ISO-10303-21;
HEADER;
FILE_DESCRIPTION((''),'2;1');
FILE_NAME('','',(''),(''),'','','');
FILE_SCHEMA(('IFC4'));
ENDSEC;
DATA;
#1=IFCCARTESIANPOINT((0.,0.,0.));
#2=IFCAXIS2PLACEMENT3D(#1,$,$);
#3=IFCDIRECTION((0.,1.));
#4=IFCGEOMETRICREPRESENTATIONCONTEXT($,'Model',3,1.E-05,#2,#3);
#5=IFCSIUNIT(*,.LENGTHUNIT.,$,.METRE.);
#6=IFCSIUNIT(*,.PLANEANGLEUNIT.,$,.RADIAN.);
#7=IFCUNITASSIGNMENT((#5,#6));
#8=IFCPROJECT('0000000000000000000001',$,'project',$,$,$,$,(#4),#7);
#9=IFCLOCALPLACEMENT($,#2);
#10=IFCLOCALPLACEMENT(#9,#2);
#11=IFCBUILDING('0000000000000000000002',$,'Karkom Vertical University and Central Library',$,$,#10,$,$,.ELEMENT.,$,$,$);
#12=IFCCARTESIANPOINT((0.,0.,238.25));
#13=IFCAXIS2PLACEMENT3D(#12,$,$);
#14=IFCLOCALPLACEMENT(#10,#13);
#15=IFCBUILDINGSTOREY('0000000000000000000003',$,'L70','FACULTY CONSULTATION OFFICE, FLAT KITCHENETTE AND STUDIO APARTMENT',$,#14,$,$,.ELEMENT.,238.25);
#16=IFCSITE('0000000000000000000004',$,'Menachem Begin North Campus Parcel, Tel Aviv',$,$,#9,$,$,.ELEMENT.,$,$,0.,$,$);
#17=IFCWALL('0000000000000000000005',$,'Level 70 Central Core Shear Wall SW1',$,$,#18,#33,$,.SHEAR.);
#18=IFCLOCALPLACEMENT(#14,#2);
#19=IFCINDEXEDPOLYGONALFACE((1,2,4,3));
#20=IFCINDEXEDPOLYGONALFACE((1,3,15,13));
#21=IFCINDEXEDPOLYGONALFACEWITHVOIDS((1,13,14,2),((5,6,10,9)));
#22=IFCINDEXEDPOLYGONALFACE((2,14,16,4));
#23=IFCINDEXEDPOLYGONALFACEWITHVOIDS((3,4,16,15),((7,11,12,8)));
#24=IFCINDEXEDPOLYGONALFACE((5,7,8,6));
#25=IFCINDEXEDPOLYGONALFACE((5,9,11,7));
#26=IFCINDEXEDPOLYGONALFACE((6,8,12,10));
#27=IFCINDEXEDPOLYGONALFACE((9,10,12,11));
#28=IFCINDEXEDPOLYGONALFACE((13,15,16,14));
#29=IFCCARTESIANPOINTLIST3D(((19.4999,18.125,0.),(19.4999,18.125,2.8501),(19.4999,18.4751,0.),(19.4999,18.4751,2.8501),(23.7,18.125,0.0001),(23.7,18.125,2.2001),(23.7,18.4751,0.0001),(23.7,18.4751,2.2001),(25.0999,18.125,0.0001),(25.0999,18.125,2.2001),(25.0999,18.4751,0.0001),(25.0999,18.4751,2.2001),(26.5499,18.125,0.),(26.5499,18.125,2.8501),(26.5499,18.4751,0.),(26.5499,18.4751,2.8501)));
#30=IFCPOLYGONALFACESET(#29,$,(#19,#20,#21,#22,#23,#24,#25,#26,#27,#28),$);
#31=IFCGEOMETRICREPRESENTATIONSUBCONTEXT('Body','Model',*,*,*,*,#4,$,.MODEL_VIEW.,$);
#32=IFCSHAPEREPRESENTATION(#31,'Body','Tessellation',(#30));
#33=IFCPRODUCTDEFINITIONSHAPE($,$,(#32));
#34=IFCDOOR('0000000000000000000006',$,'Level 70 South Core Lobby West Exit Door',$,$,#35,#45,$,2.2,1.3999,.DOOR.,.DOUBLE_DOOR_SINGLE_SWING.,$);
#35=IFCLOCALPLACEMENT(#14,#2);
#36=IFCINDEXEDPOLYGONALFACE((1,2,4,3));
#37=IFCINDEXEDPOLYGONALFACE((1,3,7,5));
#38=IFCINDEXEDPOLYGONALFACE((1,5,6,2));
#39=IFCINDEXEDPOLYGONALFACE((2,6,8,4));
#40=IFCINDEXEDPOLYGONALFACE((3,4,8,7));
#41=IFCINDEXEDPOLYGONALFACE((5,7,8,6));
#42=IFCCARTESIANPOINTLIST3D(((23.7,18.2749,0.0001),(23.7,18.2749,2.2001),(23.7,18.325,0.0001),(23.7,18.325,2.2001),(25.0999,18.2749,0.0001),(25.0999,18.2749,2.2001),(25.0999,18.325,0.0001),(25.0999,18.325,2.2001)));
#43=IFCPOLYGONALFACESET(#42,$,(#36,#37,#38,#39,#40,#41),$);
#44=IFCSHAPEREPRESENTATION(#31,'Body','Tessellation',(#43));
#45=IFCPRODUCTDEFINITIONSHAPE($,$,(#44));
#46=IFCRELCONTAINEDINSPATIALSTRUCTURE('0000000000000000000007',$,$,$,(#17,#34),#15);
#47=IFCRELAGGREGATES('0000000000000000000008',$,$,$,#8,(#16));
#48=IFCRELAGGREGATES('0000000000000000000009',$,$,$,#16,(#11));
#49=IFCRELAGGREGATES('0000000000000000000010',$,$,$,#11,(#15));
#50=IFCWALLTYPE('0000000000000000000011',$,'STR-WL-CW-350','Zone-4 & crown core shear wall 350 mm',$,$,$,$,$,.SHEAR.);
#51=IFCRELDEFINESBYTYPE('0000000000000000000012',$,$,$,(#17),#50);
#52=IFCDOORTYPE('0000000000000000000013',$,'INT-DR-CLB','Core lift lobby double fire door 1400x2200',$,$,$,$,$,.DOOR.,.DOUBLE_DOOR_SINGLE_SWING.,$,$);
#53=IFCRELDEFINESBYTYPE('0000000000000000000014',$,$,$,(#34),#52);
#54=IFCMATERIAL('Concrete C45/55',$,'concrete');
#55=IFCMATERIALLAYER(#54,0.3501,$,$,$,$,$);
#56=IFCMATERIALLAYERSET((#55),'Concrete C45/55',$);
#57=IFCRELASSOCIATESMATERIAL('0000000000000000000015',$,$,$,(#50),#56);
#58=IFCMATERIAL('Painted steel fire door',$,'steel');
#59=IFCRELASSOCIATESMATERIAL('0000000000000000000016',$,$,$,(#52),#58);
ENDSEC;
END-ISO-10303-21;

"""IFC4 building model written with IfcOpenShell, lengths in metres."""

from ifc_helpers import new_model, si_unit, direction, frame, frame_2d, origin, origin_with_axes, place, context, subcontext, project, spatial, rectangle, extrude, source, transform, mapped, material, layer, layer_set, type_object, element, fill, save


model = new_model("IFC4")

# Units and contexts
model_context = context("Model", 3, precision=1e-05, world=origin(), true_north=direction((0.0, 1.0)))
body_context = subcontext(model_context, "Body", "Model", "MODEL_VIEW")
ifc_project = project(units=[si_unit("LENGTHUNIT", "METRE"), si_unit("PLANEANGLEUNIT", "RADIAN")], contexts=[model_context])

# Site, building, storey
site_placement = place(None, origin())
site = spatial("IfcSite", under=ifc_project, at=site_placement, Name="Menachem Begin North Campus Parcel, Tel Aviv", CompositionType="ELEMENT", RefElevation=0.0)
building_placement = place(site_placement, origin())
building = spatial("IfcBuilding", under=site, at=building_placement, Name="Karkom Vertical University and Central Library", CompositionType="ELEMENT")
storey_placement = place(building_placement, frame((0.0, 0.0, 238.25)))
storey = spatial("IfcBuildingStorey", under=building, at=storey_placement, Name="L70", Description="FACULTY CONSULTATION OFFICE, FLAT KITCHENETTE AND STUDIO APARTMENT", CompositionType="ELEMENT", Elevation=238.25)

# Shared definitions
ifc_material_1 = material(Name="Concrete C45/55", Category="concrete")

# Wall, opening, door
ifc_layer_1 = layer(ifc_material_1, 0.3501)
ifc_layer_set_1 = layer_set([ifc_layer_1], Name="Concrete C45/55")
wall_type_1 = type_object("IfcWallType", Name="STR-WL-CW-350", Description="Zone-4 & crown core shear wall 350 mm", PredefinedType="SHEAR", material=ifc_layer_set_1)
wall_1_placement = place(storey_placement, frame((19.5, 18.3, 0.0), z_axis=(0.0, 0.0, 1.0), x_axis=(1.0, 0.0, 0.0)))
wall_1 = element("IfcWall", 1, at=wall_1_placement, inside=storey, type_object=wall_type_1, Name="Level 70 Central Core Shear Wall SW1", PredefinedType="SHEAR", context=body_context, shape_type="SweptSolid", body=[
    extrude(rectangle(XDim=7.05, YDim=0.3501, at=frame_2d((3.5249, 0.0))), origin(), (0.0, 0.0, 1.0), 2.8501),
])
opening_1_placement = place(wall_1_placement, frame((4.2, 0.0, 0.0)))
opening_1 = element("IfcOpeningElement", 2, at=opening_1_placement, cuts=wall_1, PredefinedType="OPENING", context=body_context, shape_type="SweptSolid", body=[
    extrude(rectangle(XDim=1.3999, YDim=2.2, at=frame_2d((0.7, 1.1001))), frame((0.0, 0.1851, 0.0), z_axis=(0.0, -1.0, 0.0), x_axis=(1.0, 0.0, 0.0)), (0.0, 0.0, 1.0), 0.3701),
])
ifc_material_2 = material(Name="Painted steel fire door", Category="steel")
door_type_1 = type_object("IfcDoorType", Name="INT-DR-CLB", Description="Core lift lobby double fire door 1400x2200", OperationType="DOUBLE_DOOR_SINGLE_SWING", PredefinedType="DOOR", material=ifc_material_2)
shared_shape_1 = source(origin_with_axes(), body_context, "Body", "SweptSolid", [
    extrude(rectangle(XDim=1.3999, YDim=2.2, at=frame_2d((0.7, 1.1001))), frame((0.0, 0.0249, 0.0), z_axis=(0.0, -1.0, 0.0), x_axis=(1.0, 0.0, 0.0)), (0.0, 0.0, 1.0), 0.05),
])
door_1_placement = place(opening_1_placement, origin())
door_1 = element("IfcDoor", 3, at=door_1_placement, inside=storey, type_object=door_type_1, Name="Level 70 South Core Lobby West Exit Door", OperationType="DOUBLE_DOOR_SINGLE_SWING", OverallHeight=2.2, OverallWidth=1.3999, PredefinedType="DOOR", context=body_context, shape_type="MappedRepresentation", body=[
    mapped(shared_shape_1, transform((0.0, 0.0, 0.0), scale=1.0)),
])
fill(opening_1, door_1)

save(model, "model.ifc")
